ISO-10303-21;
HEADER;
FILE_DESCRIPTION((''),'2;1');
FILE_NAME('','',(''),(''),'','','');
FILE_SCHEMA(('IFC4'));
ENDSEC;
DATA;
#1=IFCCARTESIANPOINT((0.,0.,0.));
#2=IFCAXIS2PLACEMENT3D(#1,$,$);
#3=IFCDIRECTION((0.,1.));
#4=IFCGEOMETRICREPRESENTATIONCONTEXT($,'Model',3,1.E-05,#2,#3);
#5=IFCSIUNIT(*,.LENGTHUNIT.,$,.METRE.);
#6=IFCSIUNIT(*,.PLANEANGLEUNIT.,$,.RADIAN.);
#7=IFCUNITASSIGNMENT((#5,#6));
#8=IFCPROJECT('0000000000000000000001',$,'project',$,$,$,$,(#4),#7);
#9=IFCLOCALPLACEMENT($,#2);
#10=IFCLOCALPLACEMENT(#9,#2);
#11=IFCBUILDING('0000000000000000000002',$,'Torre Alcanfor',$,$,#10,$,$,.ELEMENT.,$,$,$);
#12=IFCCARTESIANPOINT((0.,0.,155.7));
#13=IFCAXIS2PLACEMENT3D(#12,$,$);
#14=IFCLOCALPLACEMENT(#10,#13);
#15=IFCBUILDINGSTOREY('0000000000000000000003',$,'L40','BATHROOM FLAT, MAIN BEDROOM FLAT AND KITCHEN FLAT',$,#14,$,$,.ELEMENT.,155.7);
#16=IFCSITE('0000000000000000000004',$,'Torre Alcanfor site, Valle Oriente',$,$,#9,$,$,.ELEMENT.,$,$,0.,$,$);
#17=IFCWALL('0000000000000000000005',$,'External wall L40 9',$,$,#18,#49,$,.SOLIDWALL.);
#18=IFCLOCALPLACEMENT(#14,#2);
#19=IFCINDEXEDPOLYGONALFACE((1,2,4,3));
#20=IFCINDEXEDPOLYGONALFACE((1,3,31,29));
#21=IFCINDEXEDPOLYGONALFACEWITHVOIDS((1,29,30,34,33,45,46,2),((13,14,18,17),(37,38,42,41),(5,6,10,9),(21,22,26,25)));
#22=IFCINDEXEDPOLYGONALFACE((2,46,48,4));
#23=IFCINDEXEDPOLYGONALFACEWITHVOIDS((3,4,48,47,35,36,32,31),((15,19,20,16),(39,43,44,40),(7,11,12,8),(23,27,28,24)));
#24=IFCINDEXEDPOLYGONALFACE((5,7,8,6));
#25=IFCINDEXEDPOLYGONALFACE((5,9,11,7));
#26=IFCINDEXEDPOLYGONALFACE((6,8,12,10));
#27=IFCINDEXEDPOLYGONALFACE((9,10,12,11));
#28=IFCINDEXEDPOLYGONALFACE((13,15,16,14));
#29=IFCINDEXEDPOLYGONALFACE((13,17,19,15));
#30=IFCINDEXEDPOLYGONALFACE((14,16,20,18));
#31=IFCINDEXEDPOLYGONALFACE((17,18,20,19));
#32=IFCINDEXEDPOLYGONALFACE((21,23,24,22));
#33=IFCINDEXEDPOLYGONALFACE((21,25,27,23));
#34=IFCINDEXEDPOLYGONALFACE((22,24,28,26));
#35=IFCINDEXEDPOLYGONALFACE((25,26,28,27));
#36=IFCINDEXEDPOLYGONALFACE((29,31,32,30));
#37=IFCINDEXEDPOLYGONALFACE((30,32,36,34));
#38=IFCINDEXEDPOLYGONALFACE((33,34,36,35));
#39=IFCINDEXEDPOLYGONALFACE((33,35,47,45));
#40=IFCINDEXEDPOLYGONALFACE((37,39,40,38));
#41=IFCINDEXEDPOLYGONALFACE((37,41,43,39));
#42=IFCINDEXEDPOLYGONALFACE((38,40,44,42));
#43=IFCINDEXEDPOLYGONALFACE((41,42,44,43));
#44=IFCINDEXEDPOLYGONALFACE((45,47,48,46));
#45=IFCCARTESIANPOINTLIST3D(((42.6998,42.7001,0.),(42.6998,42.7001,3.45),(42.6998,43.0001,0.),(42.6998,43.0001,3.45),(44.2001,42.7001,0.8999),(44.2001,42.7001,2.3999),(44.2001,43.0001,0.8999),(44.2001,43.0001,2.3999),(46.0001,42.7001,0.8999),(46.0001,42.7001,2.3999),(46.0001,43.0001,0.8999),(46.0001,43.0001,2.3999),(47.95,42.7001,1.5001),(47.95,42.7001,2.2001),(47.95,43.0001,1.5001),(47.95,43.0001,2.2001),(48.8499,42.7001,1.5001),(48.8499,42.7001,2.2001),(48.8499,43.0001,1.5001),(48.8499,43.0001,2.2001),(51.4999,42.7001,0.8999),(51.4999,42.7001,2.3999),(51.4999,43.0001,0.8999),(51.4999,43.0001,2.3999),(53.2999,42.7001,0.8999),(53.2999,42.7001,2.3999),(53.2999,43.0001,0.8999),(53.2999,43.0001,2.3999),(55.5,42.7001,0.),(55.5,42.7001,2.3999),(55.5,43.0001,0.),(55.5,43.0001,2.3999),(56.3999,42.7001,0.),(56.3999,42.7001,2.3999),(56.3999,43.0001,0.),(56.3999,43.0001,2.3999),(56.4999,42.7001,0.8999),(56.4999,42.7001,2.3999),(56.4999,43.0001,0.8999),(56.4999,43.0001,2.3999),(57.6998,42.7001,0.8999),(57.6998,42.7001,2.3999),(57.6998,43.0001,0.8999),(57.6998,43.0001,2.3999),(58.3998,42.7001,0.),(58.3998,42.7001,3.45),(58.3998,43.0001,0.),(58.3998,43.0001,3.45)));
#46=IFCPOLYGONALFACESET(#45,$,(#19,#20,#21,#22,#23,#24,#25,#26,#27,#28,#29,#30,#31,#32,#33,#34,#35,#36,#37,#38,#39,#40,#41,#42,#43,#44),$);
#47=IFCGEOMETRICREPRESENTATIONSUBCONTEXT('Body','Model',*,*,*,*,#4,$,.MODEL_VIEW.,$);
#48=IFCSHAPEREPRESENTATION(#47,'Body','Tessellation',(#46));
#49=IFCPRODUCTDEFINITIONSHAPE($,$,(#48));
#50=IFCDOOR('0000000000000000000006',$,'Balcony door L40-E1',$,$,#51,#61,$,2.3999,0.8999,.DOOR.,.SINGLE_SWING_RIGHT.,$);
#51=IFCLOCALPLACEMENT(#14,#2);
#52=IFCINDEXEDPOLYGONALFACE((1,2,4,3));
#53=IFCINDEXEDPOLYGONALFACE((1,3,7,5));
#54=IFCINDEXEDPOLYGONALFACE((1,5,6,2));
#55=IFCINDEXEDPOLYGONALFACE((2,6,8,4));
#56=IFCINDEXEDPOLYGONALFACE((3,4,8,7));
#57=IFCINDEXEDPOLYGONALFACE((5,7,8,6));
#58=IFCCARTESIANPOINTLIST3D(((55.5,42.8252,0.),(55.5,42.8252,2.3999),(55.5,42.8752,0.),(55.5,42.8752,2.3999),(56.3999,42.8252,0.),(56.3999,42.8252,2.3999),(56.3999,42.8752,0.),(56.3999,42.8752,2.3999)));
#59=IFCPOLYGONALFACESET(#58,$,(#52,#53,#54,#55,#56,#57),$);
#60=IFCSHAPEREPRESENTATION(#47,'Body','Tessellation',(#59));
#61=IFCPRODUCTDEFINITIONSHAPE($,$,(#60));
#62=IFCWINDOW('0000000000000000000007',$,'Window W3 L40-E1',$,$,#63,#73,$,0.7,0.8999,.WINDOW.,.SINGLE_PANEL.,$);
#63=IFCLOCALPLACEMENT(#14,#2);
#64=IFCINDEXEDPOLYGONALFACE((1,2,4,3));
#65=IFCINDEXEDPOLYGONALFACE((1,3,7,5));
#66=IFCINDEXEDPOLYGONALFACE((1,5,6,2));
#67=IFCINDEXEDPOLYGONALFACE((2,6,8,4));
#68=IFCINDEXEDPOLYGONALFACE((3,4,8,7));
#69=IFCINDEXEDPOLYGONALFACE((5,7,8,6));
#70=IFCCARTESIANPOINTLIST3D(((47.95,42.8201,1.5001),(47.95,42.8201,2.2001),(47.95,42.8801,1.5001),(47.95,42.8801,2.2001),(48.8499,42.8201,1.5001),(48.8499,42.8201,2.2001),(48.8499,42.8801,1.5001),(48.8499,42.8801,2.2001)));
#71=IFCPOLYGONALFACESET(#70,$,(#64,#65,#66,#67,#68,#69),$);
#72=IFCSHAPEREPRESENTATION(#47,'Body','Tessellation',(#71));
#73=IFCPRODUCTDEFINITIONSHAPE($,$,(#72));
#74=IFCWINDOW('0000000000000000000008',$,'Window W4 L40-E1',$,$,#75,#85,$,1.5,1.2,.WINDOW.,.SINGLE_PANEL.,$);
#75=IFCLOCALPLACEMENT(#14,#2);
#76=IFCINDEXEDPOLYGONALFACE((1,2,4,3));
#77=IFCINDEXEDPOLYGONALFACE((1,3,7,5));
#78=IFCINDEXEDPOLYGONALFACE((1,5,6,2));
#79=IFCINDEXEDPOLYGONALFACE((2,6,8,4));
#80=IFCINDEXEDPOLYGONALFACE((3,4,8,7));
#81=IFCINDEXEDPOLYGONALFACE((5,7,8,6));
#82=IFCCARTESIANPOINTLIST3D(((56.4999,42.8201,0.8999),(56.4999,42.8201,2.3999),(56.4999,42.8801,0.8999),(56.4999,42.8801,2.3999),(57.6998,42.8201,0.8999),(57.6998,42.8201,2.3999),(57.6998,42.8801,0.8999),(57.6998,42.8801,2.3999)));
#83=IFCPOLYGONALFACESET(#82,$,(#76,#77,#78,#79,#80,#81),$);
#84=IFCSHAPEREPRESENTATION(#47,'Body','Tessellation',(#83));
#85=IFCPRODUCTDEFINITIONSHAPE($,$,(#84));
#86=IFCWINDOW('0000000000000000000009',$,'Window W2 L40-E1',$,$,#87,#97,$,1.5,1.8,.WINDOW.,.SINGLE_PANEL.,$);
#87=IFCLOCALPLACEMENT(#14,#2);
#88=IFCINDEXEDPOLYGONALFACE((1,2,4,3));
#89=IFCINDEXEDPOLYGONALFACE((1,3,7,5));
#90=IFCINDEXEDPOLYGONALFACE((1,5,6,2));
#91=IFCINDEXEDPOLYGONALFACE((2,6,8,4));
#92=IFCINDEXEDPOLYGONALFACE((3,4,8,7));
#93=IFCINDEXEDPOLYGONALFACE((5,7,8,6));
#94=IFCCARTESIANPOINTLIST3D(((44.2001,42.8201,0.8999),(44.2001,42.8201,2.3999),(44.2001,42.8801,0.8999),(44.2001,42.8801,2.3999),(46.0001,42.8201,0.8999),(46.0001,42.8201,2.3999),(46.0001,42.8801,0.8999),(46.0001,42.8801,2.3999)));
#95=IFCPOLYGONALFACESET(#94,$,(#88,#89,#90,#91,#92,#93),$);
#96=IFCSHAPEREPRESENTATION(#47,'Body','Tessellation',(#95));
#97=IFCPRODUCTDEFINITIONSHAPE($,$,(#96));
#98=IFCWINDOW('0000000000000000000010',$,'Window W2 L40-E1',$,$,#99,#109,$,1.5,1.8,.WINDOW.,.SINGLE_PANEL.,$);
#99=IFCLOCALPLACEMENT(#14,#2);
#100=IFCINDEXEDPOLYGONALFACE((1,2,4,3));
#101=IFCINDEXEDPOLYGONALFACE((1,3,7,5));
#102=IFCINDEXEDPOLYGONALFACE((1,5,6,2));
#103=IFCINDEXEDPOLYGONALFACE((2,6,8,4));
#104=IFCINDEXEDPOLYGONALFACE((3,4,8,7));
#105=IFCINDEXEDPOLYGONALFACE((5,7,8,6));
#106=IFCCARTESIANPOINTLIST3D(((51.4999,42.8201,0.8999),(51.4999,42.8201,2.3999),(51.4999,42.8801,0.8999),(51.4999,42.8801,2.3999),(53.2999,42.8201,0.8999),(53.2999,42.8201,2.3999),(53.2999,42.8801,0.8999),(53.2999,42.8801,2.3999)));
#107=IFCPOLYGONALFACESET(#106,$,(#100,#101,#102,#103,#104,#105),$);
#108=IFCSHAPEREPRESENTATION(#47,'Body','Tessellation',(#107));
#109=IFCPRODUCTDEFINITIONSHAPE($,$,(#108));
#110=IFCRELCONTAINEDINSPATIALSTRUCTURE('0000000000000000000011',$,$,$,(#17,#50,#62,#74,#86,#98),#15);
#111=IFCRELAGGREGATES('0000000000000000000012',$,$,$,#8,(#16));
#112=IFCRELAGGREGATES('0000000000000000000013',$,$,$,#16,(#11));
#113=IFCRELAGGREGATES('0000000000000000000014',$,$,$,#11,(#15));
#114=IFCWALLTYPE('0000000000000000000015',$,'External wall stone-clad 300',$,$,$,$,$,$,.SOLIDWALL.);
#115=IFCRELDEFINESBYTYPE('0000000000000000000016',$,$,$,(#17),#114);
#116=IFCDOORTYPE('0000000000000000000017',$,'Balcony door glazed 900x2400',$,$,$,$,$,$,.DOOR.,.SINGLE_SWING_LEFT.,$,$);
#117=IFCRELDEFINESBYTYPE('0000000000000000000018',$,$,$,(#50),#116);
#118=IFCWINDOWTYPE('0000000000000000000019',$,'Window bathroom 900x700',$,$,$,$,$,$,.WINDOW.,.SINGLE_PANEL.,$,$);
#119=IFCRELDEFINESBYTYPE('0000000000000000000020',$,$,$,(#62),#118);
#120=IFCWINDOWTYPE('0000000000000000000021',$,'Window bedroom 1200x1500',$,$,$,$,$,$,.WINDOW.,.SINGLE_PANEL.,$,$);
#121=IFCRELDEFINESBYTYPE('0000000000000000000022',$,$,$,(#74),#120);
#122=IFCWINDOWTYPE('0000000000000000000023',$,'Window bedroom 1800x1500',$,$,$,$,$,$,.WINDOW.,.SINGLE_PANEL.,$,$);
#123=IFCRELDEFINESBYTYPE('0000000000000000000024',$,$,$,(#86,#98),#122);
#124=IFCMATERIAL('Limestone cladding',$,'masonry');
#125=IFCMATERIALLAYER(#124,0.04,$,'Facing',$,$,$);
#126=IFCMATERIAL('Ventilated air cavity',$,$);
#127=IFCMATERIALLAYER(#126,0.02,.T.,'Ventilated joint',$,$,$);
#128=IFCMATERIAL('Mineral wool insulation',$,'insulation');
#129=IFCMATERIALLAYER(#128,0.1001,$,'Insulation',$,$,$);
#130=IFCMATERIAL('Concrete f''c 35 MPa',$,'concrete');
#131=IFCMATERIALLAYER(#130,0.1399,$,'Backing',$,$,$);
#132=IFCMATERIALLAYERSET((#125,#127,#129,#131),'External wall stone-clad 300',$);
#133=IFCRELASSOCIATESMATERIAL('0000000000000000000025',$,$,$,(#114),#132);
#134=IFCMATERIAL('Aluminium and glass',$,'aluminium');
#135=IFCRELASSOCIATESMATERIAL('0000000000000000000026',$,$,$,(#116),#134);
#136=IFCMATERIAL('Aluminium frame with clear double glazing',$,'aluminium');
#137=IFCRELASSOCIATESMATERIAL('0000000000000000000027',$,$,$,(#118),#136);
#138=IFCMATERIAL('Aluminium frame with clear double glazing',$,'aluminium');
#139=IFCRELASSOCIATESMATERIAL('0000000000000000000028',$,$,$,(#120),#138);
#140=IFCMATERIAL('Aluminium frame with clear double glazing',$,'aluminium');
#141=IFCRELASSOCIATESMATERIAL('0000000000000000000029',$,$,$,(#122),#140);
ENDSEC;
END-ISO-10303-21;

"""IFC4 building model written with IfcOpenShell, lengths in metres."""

from ifc_helpers import new_model, si_unit, direction, frame, frame_2d, origin, place, context, subcontext, project, spatial, rectangle, extrude, material, layer, layer_set, type_object, element, fill, save


model = new_model("IFC4")

# Units and contexts
model_context = context("Model", 3, precision=1e-05, world=origin(), true_north=direction((0.0, 1.0)))
body_context = subcontext(model_context, "Body", "Model", "MODEL_VIEW")
ifc_project = project(units=[si_unit("LENGTHUNIT", "METRE"), si_unit("PLANEANGLEUNIT", "RADIAN")], contexts=[model_context])

# Site, building, storey
site_placement = place(None, origin())
site = spatial("IfcSite", under=ifc_project, at=site_placement, Name="Torre Alcanfor site, Valle Oriente", CompositionType="ELEMENT", RefElevation=0.0)
building_placement = place(site_placement, origin())
building = spatial("IfcBuilding", under=site, at=building_placement, Name="Torre Alcanfor", CompositionType="ELEMENT")
storey_placement = place(building_placement, frame((0.0, 0.0, 155.7)))
storey = spatial("IfcBuildingStorey", under=building, at=storey_placement, Name="L40", Description="BATHROOM FLAT, MAIN BEDROOM FLAT AND KITCHEN FLAT", CompositionType="ELEMENT", Elevation=155.7)

# Wall, openings, door, windows
ifc_material_1 = material(Name="Limestone cladding", Category="masonry")
ifc_layer_1 = layer(ifc_material_1, 0.04, Name="Facing")
ifc_material_2 = material(Name="Ventilated air cavity")
ifc_layer_2 = layer(ifc_material_2, 0.02, ventilated=True, Name="Ventilated joint")
ifc_material_3 = material(Name="Mineral wool insulation", Category="insulation")
ifc_layer_3 = layer(ifc_material_3, 0.1001, Name="Insulation")
ifc_material_4 = material(Name="Concrete f'c 35 MPa", Category="concrete")
ifc_layer_4 = layer(ifc_material_4, 0.1399, Name="Backing")
ifc_layer_set_1 = layer_set([ifc_layer_1, ifc_layer_2, ifc_layer_3, ifc_layer_4], Name="External wall stone-clad 300")
wall_type_1 = type_object("IfcWallType", Name="External wall stone-clad 300", PredefinedType="SOLIDWALL", material=ifc_layer_set_1)
wall_1_placement = place(storey_placement, frame((58.3999, 42.8501, 0.0), z_axis=(0.0, 0.0, 1.0), x_axis=(-1.0, 0.0, 0.0)))
wall_1 = element("IfcWall", 1, at=wall_1_placement, inside=storey, type_object=wall_type_1, Name="External wall L40 9", PredefinedType="SOLIDWALL", context=body_context, shape_type="SweptSolid", body=[
    extrude(rectangle(XDim=15.7, YDim=0.3, at=frame_2d((7.8501, 0.0))), origin(), (0.0, 0.0, 1.0), 3.45),
])
opening_1_placement = place(wall_1_placement, frame((12.3999, 0.0, 0.8999)))
opening_1 = element("IfcOpeningElement", 2, at=opening_1_placement, cuts=wall_1, PredefinedType="OPENING", context=body_context, shape_type="SweptSolid", body=[
    extrude(rectangle(XDim=1.8, YDim=1.5, at=frame_2d((0.8999, 0.75))), frame((0.0, 0.1599, 0.0), z_axis=(0.0, -1.0, 0.0), x_axis=(1.0, 0.0, 0.0)), (0.0, 0.0, 1.0), 0.3201),
])
opening_2_placement = place(wall_1_placement, frame((9.55, 0.0, 1.5)))
opening_2 = element("IfcOpeningElement", 3, at=opening_2_placement, cuts=wall_1, PredefinedType="OPENING", context=body_context, shape_type="SweptSolid", body=[
    extrude(rectangle(XDim=0.8999, YDim=0.7, at=frame_2d((0.45, 0.3501))), frame((0.0, 0.1599, 0.0), z_axis=(0.0, -1.0, 0.0), x_axis=(1.0, 0.0, 0.0)), (0.0, 0.0, 1.0), 0.3201),
])
opening_3_placement = place(wall_1_placement, frame((5.1001, 0.0, 0.8999)))
opening_3 = element("IfcOpeningElement", 4, at=opening_3_placement, cuts=wall_1, PredefinedType="OPENING", context=body_context, shape_type="SweptSolid", body=[
    extrude(rectangle(XDim=1.8, YDim=1.5, at=frame_2d((0.8999, 0.75))), frame((0.0, 0.1599, 0.0), z_axis=(0.0, -1.0, 0.0), x_axis=(1.0, 0.0, 0.0)), (0.0, 0.0, 1.0), 0.3201),
])
opening_4_placement = place(wall_1_placement, frame((2.0, 0.0, 0.0)))
opening_4 = element("IfcOpeningElement", 5, at=opening_4_placement, cuts=wall_1, PredefinedType="OPENING", context=body_context, shape_type="SweptSolid", body=[
    extrude(rectangle(XDim=0.8999, YDim=2.3999, at=frame_2d((0.45, 1.2))), frame((0.0, 0.1599, 0.0), z_axis=(0.0, -1.0, 0.0), x_axis=(1.0, 0.0, 0.0)), (0.0, 0.0, 1.0), 0.3201),
])
opening_5_placement = place(wall_1_placement, frame((0.7, 0.0, 0.8999)))
opening_5 = element("IfcOpeningElement", 6, at=opening_5_placement, cuts=wall_1, PredefinedType="OPENING", context=body_context, shape_type="SweptSolid", body=[
    extrude(rectangle(XDim=1.2, YDim=1.5, at=frame_2d((0.6001, 0.75))), frame((0.0, 0.1599, 0.0), z_axis=(0.0, -1.0, 0.0), x_axis=(1.0, 0.0, 0.0)), (0.0, 0.0, 1.0), 0.3201),
])
ifc_material_5 = material(Name="Aluminium and glass", Category="aluminium")
door_type_1 = type_object("IfcDoorType", Name="Balcony door glazed 900x2400", OperationType="SINGLE_SWING_LEFT", PredefinedType="DOOR", material=ifc_material_5)
door_1_placement = place(opening_4_placement, origin())
door_1 = element("IfcDoor", 7, at=door_1_placement, inside=storey, type_object=door_type_1, Name="Balcony door L40-E1", OperationType="SINGLE_SWING_RIGHT", OverallHeight=2.3999, OverallWidth=0.8999, PredefinedType="DOOR", context=body_context, shape_type="SweptSolid", body=[
    extrude(rectangle(XDim=0.8999, YDim=2.3999, at=frame_2d((0.45, 1.2))), frame((0.0, 0.0249, 0.0), z_axis=(0.0, -1.0, 0.0), x_axis=(1.0, 0.0, 0.0)), (0.0, 0.0, 1.0), 0.05),
])
fill(opening_4, door_1)
ifc_material_6 = material(Name="Aluminium frame with clear double glazing", Category="aluminium")
window_type_1 = type_object("IfcWindowType", Name="Window bathroom 900x700", PartitioningType="SINGLE_PANEL", PredefinedType="WINDOW", material=ifc_material_6)
window_1_placement = place(opening_2_placement, origin())
window_1 = element("IfcWindow", 8, at=window_1_placement, inside=storey, type_object=window_type_1, Name="Window W3 L40-E1", OverallHeight=0.7, OverallWidth=0.8999, PartitioningType="SINGLE_PANEL", PredefinedType="WINDOW", context=body_context, shape_type="SweptSolid", body=[
    extrude(rectangle(XDim=0.8999, YDim=0.7, at=frame_2d((0.45, 0.3501))), frame((0.0, 0.03, 0.0), z_axis=(0.0, -1.0, 0.0), x_axis=(1.0, 0.0, 0.0)), (0.0, 0.0, 1.0), 0.0601),
])
fill(opening_2, window_1)
ifc_material_7 = material(Name="Aluminium frame with clear double glazing", Category="aluminium")
window_type_2 = type_object("IfcWindowType", Name="Window bedroom 1200x1500", PartitioningType="SINGLE_PANEL", PredefinedType="WINDOW", material=ifc_material_7)
window_2_placement = place(opening_5_placement, origin())
window_2 = element("IfcWindow", 9, at=window_2_placement, inside=storey, type_object=window_type_2, Name="Window W4 L40-E1", OverallHeight=1.5, OverallWidth=1.2, PartitioningType="SINGLE_PANEL", PredefinedType="WINDOW", context=body_context, shape_type="SweptSolid", body=[
    extrude(rectangle(XDim=1.2, YDim=1.5, at=frame_2d((0.6001, 0.75))), frame((0.0, 0.03, 0.0), z_axis=(0.0, -1.0, 0.0), x_axis=(1.0, 0.0, 0.0)), (0.0, 0.0, 1.0), 0.0601),
])
fill(opening_5, window_2)
ifc_material_8 = material(Name="Aluminium frame with clear double glazing", Category="aluminium")
window_type_3 = type_object("IfcWindowType", Name="Window bedroom 1800x1500", PartitioningType="SINGLE_PANEL", PredefinedType="WINDOW", material=ifc_material_8)
window_3_placement = place(opening_1_placement, origin())
window_3 = element("IfcWindow", 10, at=window_3_placement, inside=storey, type_object=window_type_3, Name="Window W2 L40-E1", OverallHeight=1.5, OverallWidth=1.8, PartitioningType="SINGLE_PANEL", PredefinedType="WINDOW", context=body_context, shape_type="SweptSolid", body=[
    extrude(rectangle(XDim=1.8, YDim=1.5, at=frame_2d((0.8999, 0.75))), frame((0.0, 0.03, 0.0), z_axis=(0.0, -1.0, 0.0), x_axis=(1.0, 0.0, 0.0)), (0.0, 0.0, 1.0), 0.0601),
])
fill(opening_1, window_3)
window_4_placement = place(opening_3_placement, origin())
window_4 = element("IfcWindow", 11, at=window_4_placement, inside=storey, type_object=window_type_3, Name="Window W2 L40-E1", OverallHeight=1.5, OverallWidth=1.8, PartitioningType="SINGLE_PANEL", PredefinedType="WINDOW", context=body_context, shape_type="SweptSolid", body=[
    extrude(rectangle(XDim=1.8, YDim=1.5, at=frame_2d((0.8999, 0.75))), frame((0.0, 0.03, 0.0), z_axis=(0.0, -1.0, 0.0), x_axis=(1.0, 0.0, 0.0)), (0.0, 0.0, 1.0), 0.0601),
])
fill(opening_3, window_4)

save(model, "model.ifc")
